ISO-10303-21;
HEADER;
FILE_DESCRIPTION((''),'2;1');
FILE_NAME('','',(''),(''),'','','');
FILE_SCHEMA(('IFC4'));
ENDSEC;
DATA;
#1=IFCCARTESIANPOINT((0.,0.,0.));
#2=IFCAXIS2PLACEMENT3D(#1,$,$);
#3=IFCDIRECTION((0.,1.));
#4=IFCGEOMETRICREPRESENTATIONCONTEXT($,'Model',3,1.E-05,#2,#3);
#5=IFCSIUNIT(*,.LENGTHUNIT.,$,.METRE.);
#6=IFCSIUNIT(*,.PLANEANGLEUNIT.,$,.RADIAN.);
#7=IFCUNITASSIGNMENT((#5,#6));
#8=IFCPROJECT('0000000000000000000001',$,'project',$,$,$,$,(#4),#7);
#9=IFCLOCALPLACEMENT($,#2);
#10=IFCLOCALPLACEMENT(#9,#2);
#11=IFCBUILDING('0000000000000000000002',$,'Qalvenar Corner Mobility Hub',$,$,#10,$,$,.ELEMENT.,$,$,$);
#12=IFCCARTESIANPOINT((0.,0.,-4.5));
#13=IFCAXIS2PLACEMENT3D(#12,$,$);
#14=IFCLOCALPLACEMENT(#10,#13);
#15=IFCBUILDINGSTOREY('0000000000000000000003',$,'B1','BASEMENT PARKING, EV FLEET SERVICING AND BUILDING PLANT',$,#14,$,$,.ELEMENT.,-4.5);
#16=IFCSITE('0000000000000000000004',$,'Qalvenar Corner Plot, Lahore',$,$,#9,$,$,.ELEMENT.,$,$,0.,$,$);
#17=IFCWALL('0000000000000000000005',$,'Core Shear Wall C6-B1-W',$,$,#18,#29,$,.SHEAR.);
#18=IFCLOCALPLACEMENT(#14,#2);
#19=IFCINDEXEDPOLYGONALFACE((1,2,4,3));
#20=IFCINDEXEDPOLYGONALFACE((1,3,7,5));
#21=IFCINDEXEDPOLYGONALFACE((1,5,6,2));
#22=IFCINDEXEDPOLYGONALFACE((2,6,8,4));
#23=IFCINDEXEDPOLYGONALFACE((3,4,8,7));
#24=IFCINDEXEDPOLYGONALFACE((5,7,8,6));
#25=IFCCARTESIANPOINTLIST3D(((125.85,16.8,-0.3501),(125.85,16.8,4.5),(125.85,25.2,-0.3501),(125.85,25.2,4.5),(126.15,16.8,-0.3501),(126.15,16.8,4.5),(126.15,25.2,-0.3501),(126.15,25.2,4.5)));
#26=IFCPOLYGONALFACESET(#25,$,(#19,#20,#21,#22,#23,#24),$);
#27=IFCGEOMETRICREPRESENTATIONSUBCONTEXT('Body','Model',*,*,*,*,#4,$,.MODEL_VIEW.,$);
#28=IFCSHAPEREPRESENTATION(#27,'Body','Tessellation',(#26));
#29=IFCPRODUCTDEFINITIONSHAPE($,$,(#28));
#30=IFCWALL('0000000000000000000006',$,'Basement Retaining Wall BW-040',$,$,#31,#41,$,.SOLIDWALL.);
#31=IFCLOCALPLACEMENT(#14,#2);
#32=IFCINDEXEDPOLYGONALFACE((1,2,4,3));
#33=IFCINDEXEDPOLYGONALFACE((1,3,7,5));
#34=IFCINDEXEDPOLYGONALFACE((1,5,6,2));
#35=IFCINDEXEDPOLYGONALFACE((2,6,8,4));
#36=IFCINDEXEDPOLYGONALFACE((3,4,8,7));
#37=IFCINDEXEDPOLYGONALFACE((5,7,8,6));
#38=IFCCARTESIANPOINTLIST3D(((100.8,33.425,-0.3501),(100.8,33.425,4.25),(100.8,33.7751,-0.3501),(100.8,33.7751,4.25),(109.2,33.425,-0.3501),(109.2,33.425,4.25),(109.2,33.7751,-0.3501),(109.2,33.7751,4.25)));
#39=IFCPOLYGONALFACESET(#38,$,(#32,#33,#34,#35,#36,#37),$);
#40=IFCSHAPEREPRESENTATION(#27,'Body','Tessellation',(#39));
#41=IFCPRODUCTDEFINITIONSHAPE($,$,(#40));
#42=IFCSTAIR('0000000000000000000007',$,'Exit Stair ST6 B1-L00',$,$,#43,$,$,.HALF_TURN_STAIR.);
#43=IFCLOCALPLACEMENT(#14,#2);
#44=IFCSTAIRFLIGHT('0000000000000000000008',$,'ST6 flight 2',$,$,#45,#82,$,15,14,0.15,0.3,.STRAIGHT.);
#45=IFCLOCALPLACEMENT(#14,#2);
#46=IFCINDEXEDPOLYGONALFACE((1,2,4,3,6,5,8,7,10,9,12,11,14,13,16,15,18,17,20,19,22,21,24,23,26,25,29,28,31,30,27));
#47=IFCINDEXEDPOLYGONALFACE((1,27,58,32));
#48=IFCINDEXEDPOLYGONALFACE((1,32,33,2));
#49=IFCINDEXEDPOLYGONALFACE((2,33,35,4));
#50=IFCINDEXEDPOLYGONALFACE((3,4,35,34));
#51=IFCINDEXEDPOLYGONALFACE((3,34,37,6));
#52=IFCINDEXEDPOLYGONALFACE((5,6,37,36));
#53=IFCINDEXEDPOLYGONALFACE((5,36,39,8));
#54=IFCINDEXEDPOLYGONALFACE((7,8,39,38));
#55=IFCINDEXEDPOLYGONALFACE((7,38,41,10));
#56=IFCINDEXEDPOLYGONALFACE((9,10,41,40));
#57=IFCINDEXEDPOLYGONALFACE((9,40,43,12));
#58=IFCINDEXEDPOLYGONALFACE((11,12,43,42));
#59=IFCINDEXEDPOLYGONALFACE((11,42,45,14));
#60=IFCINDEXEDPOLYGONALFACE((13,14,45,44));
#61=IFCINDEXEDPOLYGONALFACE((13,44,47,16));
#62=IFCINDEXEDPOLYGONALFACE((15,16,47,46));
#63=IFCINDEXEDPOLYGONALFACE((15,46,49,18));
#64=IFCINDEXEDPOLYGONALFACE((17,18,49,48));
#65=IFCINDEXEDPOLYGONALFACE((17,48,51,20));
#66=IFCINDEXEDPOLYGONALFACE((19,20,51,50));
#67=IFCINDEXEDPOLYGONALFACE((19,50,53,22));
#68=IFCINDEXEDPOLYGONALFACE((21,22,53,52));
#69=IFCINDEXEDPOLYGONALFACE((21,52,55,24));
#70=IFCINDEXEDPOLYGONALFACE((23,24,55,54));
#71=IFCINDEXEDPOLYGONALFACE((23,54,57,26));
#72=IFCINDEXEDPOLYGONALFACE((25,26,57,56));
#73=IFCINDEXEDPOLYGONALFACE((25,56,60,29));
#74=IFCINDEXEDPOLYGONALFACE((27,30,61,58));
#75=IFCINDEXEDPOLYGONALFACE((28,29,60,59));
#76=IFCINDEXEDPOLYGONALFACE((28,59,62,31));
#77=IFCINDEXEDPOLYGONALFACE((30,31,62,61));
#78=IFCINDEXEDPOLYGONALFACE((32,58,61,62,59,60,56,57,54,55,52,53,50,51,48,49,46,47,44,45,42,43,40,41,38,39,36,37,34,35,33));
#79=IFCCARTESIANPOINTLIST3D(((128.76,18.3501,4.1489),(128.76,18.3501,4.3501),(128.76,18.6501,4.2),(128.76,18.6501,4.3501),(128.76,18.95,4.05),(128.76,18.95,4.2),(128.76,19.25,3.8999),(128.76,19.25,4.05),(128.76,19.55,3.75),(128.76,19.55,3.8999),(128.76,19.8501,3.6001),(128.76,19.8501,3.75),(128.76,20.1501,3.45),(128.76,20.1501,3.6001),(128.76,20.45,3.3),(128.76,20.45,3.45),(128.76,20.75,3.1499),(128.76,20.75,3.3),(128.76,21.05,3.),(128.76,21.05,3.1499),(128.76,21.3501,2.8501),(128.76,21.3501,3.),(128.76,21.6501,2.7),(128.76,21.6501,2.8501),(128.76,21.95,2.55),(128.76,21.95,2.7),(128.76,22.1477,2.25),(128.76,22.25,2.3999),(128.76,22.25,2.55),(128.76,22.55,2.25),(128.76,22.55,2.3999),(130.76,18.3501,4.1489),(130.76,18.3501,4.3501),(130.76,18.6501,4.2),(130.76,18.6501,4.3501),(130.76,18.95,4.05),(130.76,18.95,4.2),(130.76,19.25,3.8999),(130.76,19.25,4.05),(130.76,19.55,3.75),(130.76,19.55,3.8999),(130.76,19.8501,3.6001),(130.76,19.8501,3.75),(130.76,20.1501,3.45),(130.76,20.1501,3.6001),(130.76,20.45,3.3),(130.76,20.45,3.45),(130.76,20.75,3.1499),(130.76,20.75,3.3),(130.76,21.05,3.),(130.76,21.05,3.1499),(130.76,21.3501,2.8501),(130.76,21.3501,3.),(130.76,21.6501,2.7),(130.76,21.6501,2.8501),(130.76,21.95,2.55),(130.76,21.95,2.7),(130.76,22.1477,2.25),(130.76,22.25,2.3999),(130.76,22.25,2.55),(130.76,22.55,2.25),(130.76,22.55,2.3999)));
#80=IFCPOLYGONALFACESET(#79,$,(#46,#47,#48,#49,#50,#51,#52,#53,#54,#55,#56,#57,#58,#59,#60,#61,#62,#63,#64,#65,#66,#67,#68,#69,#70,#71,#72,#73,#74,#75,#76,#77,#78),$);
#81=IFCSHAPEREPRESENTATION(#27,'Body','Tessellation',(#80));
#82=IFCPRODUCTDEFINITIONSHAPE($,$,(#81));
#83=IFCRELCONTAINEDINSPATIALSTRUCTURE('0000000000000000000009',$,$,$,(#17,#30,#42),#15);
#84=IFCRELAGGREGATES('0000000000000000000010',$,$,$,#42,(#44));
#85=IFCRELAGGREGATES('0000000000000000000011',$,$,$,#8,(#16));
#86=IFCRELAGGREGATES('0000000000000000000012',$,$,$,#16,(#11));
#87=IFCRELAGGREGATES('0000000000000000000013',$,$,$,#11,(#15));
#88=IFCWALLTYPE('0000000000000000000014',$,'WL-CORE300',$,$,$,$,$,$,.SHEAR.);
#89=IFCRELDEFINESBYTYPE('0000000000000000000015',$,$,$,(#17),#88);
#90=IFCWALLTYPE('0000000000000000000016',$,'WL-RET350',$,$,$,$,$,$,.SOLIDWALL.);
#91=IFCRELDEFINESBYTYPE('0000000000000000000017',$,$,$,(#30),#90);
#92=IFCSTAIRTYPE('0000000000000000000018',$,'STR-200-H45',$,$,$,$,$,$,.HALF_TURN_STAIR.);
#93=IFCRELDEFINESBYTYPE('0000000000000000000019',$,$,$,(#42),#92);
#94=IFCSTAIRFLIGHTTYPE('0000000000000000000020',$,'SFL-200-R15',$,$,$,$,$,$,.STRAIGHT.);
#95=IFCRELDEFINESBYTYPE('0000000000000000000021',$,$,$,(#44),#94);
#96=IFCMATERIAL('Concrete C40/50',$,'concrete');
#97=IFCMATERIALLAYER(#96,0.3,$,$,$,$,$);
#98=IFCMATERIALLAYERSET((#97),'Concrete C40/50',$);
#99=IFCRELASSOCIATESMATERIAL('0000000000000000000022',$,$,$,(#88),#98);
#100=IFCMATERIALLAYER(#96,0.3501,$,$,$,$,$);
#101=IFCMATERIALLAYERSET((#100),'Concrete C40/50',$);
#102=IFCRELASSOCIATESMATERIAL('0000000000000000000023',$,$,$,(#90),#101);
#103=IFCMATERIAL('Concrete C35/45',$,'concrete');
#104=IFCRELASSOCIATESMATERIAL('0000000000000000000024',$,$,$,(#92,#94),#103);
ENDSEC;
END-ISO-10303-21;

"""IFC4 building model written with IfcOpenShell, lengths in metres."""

from ifc_helpers import new_model, si_unit, direction, frame, frame_2d, origin, place, context, subcontext, project, spatial, polyline, rectangle, outline, extrude, material, layer, layer_set, type_object, element, aggregate, save


model = new_model("IFC4")

# Units and contexts
model_context = context("Model", 3, precision=1e-05, world=origin(), true_north=direction((0.0, 1.0)))
body_context = subcontext(model_context, "Body", "Model", "MODEL_VIEW")
ifc_project = project(units=[si_unit("LENGTHUNIT", "METRE"), si_unit("PLANEANGLEUNIT", "RADIAN")], contexts=[model_context])

# Site, building, storey
site_placement = place(None, origin())
site = spatial("IfcSite", under=ifc_project, at=site_placement, Name="Qalvenar Corner Plot, Lahore", CompositionType="ELEMENT", RefElevation=0.0)
building_placement = place(site_placement, origin())
building = spatial("IfcBuilding", under=site, at=building_placement, Name="Qalvenar Corner Mobility Hub", CompositionType="ELEMENT")
storey_placement = place(building_placement, frame((0.0, 0.0, -4.5)))
storey = spatial("IfcBuildingStorey", under=building, at=storey_placement, Name="B1", Description="BASEMENT PARKING, EV FLEET SERVICING AND BUILDING PLANT", CompositionType="ELEMENT", Elevation=-4.5)

# Shared definitions
ifc_material_1 = material(Name="Concrete C40/50", Category="concrete")

# Walls
ifc_layer_1 = layer(ifc_material_1, 0.3)
ifc_layer_set_1 = layer_set([ifc_layer_1], Name="Concrete C40/50")
wall_type_1 = type_object("IfcWallType", Name="WL-CORE300", PredefinedType="SHEAR", material=ifc_layer_set_1)
wall_1_placement = place(storey_placement, frame((126.0, 25.2, -0.3501), z_axis=(0.0, 0.0, 1.0), x_axis=(0.0, -1.0, 0.0)))
element("IfcWall", 1, at=wall_1_placement, inside=storey, type_object=wall_type_1, Name="Core Shear Wall C6-B1-W", PredefinedType="SHEAR", context=body_context, shape_type="SweptSolid", body=[
    extrude(rectangle(XDim=8.3999, YDim=0.3, at=frame_2d((4.2, 0.0))), origin(), (0.0, 0.0, 1.0), 4.8501),
])
ifc_layer_2 = layer(ifc_material_1, 0.3501)
ifc_layer_set_2 = layer_set([ifc_layer_2], Name="Concrete C40/50")
wall_type_2 = type_object("IfcWallType", Name="WL-RET350", PredefinedType="SOLIDWALL", material=ifc_layer_set_2)
wall_2_placement = place(storey_placement, frame((109.2, 33.6001, -0.3501), z_axis=(0.0, 0.0, 1.0), x_axis=(-1.0, 0.0, 0.0)))
element("IfcWall", 2, at=wall_2_placement, inside=storey, type_object=wall_type_2, Name="Basement Retaining Wall BW-040", PredefinedType="SOLIDWALL", context=body_context, shape_type="SweptSolid", body=[
    extrude(rectangle(XDim=8.3999, YDim=0.3501, at=frame_2d((4.2, 0.0))), origin(), (0.0, 0.0, 1.0), 4.6001),
])

# Stair, stair flight
ifc_material_2 = material(Name="Concrete C35/45", Category="concrete")
stair_type = type_object("IfcStairType", Name="STR-200-H45", PredefinedType="HALF_TURN_STAIR", material=ifc_material_2)
stair_placement = place(storey_placement, origin())
stair = element("IfcStair", 3, at=stair_placement, inside=storey, type_object=stair_type, Name="Exit Stair ST6 B1-L00", PredefinedType="HALF_TURN_STAIR")
stair_flight_type = type_object("IfcStairFlightType", Name="SFL-200-R15", PredefinedType="STRAIGHT", material=ifc_material_2)
stair_flight_placement = place(storey_placement, frame((129.76, 22.55, 2.25), z_axis=(0.0, 0.0, 1.0), x_axis=(0.0, -1.0, 0.0)))
stair_flight = element("IfcStairFlight", 4, at=stair_flight_placement, type_object=stair_flight_type, Name="ST6 flight 2", NumberOfRisers=15, NumberOfTreads=14, PredefinedType="STRAIGHT", RiserHeight=0.15, TreadLength=0.3, context=body_context, shape_type="SweptSolid", body=[
    extrude(outline(polyline([(0.0, 0.0), (0.0, 0.1499), (0.3, 0.1499), (0.3, 0.3), (0.6001, 0.3), (0.6001, 0.45), (0.8999, 0.45), (0.8999, 0.6001), (1.2, 0.6001), (1.2, 0.75), (1.5, 0.75), (1.5, 0.8999), (1.8, 0.8999), (1.8, 1.05), (2.1001, 1.05), (2.1001, 1.2), (2.3999, 1.2), (2.3999, 1.3501), (2.7, 1.3501), (2.7, 1.5), (3.0, 1.5), (3.0, 1.6499), (3.3, 1.6499), (3.3, 1.8), (3.6001, 1.8), (3.6001, 1.95), (3.8999, 1.95), (3.8999, 2.1001), (4.2, 2.1001), (4.2, 2.25), (4.2, 1.8989), (0.4023, 0.0), (0.0, 0.0)])), frame((0.0, 1.0, 0.0), z_axis=(0.0, -1.0, 0.0), x_axis=(1.0, 0.0, 0.0)), (0.0, 0.0, 1.0), 2.0),
])
aggregate(stair, [stair_flight])

save(model, "model.ifc")
